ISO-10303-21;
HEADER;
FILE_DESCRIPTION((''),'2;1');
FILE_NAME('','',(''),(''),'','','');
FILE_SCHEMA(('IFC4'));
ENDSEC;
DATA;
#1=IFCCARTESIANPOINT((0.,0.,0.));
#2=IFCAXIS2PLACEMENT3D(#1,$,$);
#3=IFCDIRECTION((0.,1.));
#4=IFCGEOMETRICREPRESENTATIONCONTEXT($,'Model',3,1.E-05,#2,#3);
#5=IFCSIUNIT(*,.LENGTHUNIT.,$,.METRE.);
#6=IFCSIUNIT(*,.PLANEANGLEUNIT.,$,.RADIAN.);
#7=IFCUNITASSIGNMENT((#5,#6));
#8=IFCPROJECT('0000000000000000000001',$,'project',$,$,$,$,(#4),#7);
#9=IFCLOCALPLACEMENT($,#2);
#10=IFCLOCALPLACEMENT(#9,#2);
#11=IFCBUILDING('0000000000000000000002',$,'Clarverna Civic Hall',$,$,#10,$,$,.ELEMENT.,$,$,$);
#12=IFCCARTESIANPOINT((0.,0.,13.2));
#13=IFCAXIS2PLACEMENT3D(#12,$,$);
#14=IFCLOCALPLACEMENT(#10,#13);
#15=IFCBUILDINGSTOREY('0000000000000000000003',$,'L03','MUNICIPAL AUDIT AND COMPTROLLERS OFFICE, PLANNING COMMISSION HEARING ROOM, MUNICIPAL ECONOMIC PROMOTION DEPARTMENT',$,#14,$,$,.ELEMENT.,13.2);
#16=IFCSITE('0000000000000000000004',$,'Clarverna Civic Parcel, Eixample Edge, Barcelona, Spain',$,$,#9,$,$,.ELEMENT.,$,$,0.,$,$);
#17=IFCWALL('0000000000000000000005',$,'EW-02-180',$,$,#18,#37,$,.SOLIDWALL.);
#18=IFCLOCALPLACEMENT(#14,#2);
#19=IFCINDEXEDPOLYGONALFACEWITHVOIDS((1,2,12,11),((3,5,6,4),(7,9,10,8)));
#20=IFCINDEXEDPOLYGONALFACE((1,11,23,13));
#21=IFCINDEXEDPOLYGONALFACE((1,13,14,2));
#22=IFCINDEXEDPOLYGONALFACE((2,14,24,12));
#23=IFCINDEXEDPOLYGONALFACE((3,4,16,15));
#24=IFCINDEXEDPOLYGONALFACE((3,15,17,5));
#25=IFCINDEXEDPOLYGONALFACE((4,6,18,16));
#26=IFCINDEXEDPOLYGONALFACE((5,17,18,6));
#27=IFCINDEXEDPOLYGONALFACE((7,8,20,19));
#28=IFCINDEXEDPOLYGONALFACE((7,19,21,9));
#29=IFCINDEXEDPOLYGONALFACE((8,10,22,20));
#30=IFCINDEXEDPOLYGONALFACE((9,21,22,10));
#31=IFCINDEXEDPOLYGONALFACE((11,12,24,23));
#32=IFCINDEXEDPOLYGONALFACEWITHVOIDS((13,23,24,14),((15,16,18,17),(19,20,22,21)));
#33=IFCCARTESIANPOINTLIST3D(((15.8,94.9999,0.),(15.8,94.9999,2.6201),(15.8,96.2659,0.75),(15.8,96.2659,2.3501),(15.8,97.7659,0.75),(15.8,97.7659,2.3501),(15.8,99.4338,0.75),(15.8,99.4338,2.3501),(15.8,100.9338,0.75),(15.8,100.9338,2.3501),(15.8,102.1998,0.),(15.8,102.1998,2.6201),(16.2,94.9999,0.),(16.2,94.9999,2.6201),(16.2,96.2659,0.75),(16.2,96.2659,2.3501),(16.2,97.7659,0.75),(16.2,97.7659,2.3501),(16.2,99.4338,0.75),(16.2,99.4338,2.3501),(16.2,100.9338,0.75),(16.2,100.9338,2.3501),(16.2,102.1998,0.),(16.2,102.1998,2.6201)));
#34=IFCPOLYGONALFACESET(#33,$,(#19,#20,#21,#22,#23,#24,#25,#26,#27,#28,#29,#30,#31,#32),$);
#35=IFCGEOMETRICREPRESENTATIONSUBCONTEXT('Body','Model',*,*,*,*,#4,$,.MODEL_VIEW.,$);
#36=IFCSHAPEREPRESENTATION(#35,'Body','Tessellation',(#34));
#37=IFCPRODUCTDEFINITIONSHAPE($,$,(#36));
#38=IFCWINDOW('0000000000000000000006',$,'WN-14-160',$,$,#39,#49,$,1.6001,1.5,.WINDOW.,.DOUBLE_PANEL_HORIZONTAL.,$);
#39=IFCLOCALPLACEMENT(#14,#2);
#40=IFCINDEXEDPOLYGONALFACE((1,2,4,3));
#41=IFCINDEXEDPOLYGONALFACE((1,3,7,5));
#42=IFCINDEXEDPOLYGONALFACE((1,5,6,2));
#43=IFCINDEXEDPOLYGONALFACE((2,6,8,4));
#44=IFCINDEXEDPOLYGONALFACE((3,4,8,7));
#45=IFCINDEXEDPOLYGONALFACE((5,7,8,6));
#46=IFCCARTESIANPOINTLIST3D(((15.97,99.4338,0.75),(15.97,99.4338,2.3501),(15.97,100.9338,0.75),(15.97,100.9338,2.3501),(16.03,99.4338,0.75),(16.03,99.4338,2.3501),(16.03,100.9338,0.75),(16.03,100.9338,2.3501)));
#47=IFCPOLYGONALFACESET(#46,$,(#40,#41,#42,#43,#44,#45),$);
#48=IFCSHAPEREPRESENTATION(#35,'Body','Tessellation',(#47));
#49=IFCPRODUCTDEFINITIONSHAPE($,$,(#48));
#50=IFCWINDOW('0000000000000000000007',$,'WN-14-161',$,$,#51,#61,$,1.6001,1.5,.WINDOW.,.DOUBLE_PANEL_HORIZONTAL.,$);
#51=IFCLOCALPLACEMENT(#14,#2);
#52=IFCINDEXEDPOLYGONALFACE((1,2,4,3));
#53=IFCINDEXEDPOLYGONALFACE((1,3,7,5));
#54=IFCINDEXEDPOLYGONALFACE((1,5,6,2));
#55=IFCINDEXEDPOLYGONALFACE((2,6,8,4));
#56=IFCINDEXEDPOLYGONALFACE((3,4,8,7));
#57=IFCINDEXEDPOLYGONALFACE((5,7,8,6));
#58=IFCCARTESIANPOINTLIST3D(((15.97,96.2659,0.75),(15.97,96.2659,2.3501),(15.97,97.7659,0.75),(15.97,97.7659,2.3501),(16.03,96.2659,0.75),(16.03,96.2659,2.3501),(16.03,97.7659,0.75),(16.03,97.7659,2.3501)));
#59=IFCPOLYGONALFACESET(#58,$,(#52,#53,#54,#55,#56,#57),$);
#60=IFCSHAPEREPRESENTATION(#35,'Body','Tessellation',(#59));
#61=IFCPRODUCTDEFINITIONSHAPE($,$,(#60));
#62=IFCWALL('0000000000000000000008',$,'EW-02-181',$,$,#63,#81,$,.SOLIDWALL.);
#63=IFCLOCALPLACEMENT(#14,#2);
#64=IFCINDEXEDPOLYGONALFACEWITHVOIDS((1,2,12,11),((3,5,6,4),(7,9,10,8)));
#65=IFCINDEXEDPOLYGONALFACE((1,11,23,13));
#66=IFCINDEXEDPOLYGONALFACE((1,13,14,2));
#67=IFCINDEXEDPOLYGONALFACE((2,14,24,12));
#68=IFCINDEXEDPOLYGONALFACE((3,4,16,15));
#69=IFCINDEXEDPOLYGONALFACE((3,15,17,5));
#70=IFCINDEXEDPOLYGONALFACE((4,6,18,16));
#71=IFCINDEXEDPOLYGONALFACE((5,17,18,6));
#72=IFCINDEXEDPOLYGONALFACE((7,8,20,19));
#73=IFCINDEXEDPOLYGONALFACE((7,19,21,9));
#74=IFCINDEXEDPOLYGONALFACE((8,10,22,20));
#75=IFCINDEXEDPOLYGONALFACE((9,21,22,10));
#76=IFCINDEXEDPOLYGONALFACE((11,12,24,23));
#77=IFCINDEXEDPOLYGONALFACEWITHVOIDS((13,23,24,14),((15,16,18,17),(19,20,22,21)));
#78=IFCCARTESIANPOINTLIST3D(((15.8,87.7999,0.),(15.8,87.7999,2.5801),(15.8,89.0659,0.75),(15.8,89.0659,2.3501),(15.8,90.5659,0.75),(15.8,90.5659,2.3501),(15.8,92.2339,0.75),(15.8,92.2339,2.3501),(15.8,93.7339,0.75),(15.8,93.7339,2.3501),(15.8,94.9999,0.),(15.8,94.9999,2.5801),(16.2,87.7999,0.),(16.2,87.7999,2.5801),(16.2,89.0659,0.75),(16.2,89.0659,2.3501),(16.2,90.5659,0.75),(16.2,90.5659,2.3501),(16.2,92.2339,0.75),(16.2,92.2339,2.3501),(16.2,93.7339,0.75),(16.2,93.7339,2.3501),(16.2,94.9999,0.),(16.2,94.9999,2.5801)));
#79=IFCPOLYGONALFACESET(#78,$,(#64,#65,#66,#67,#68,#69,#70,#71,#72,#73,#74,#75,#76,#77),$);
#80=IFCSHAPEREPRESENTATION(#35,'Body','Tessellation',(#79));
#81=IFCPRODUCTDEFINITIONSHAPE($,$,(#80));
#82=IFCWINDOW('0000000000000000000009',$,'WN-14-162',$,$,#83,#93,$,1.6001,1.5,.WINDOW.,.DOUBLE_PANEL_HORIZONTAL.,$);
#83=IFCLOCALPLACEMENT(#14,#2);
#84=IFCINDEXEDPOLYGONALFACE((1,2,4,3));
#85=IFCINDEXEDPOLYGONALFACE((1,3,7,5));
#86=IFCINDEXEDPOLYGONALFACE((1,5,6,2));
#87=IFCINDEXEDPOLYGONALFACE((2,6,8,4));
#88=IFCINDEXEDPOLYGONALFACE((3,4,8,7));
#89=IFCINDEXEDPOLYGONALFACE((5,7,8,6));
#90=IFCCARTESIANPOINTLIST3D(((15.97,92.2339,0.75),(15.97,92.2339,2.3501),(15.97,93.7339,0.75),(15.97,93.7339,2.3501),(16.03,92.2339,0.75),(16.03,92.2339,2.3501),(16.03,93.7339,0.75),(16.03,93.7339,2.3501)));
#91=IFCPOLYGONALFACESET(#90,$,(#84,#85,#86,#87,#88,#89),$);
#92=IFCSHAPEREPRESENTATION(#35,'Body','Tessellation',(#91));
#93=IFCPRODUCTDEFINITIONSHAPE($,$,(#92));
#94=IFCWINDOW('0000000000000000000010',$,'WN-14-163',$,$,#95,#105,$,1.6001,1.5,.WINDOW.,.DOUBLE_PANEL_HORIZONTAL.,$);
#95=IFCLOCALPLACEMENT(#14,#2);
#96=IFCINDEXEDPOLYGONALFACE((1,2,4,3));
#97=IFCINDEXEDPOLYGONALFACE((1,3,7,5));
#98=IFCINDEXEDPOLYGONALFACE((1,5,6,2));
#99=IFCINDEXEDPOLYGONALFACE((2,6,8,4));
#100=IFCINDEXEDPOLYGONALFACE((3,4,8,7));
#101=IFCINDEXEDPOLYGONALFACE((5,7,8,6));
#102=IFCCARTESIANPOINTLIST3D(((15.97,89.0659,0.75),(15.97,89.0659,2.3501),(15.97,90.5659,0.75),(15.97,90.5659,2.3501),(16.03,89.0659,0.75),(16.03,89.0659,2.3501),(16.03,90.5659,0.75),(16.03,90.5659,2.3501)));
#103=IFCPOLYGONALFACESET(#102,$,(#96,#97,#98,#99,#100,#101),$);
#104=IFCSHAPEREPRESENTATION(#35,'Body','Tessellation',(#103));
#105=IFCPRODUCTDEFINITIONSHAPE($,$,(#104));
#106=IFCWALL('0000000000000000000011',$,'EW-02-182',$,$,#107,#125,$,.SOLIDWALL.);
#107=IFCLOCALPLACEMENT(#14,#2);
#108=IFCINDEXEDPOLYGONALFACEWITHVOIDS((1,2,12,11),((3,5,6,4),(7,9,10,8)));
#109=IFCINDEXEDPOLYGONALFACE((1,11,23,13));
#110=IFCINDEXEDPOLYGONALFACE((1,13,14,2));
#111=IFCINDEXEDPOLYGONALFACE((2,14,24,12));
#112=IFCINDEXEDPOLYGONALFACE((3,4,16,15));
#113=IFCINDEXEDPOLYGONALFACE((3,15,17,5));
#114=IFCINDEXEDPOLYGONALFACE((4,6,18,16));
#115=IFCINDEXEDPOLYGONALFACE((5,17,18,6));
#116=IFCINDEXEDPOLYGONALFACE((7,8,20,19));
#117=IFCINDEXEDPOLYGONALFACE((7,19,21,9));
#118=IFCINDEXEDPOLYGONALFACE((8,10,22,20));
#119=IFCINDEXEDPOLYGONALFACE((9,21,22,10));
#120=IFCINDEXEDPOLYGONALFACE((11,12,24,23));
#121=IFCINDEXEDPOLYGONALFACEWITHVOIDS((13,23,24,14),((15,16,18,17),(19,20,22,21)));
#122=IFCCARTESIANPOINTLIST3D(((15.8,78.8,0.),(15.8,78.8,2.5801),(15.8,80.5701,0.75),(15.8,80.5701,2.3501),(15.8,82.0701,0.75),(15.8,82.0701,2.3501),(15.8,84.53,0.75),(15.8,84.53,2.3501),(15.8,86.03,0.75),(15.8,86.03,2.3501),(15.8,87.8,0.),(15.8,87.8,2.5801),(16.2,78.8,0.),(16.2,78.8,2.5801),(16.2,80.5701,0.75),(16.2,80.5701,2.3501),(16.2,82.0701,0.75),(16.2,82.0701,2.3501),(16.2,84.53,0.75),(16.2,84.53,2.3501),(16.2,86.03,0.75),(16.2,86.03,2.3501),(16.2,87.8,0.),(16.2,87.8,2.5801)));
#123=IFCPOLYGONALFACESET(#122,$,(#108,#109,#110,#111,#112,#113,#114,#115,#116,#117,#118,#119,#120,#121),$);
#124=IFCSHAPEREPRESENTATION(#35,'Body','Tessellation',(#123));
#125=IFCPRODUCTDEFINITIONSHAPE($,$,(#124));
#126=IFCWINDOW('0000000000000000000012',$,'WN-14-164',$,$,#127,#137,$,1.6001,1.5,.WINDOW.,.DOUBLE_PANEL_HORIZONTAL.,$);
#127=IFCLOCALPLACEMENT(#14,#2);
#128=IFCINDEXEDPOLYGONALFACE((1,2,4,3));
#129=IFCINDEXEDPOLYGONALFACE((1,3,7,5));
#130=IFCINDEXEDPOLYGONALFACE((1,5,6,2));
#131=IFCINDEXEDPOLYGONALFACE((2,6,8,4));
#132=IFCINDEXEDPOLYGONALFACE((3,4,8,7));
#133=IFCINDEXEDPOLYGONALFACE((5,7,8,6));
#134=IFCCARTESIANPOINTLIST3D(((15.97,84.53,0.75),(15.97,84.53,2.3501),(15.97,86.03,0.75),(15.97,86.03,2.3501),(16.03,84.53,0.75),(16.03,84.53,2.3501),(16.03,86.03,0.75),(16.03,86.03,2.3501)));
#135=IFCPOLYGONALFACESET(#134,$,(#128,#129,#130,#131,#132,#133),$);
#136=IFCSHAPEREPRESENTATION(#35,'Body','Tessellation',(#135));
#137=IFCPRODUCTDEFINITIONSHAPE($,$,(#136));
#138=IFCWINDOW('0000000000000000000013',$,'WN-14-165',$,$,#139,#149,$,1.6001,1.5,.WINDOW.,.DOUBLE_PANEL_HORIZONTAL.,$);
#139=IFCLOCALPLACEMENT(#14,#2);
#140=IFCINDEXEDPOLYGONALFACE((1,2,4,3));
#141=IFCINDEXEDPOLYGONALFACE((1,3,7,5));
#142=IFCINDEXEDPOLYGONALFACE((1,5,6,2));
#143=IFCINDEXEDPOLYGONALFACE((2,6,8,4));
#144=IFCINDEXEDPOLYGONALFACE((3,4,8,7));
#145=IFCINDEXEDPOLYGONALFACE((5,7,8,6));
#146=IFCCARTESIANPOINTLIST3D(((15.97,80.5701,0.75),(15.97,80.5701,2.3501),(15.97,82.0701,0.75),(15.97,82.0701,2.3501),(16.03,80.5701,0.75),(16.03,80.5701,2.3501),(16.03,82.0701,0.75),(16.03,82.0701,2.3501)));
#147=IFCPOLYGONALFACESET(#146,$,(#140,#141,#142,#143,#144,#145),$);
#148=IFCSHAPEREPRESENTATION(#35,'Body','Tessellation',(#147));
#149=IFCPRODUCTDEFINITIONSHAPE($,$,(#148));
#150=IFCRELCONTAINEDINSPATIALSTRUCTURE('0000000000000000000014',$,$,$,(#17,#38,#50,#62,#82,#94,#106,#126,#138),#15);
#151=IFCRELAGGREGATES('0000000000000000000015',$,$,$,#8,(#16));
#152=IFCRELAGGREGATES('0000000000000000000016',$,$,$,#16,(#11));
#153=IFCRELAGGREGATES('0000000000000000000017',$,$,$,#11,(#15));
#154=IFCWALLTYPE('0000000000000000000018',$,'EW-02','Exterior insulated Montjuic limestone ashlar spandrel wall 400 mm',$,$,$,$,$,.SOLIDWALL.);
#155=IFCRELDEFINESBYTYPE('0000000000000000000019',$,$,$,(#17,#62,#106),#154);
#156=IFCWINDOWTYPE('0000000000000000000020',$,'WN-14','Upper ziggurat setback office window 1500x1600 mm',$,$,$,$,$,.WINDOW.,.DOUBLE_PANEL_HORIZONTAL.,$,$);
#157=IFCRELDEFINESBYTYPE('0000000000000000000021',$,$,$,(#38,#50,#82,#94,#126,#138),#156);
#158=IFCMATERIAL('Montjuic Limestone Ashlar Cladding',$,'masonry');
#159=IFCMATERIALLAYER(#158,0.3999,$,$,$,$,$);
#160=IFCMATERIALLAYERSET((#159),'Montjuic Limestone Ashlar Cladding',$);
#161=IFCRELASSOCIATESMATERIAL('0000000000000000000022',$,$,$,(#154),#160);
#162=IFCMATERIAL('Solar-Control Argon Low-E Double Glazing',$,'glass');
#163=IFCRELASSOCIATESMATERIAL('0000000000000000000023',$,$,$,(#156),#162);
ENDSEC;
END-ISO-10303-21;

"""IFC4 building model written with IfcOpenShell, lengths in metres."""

from ifc_helpers import new_model, si_unit, direction, frame, frame_2d, origin, place, context, subcontext, project, spatial, rectangle, extrude, material, layer, layer_set, type_object, element, fill, save


model = new_model("IFC4")

# Units and contexts
model_context = context("Model", 3, precision=1e-05, world=origin(), true_north=direction((0.0, 1.0)))
body_context = subcontext(model_context, "Body", "Model", "MODEL_VIEW")
ifc_project = project(units=[si_unit("LENGTHUNIT", "METRE"), si_unit("PLANEANGLEUNIT", "RADIAN")], contexts=[model_context])

# Site, building, storey
site_placement = place(None, origin())
site = spatial("IfcSite", under=ifc_project, at=site_placement, Name="Clarverna Civic Parcel, Eixample Edge, Barcelona, Spain", CompositionType="ELEMENT", RefElevation=0.0)
building_placement = place(site_placement, origin())
building = spatial("IfcBuilding", under=site, at=building_placement, Name="Clarverna Civic Hall", CompositionType="ELEMENT")
storey_placement = place(building_placement, frame((0.0, 0.0, 13.2)))
storey = spatial("IfcBuildingStorey", under=building, at=storey_placement, Name="L03", Description="MUNICIPAL AUDIT AND COMPTROLLERS OFFICE, PLANNING COMMISSION HEARING ROOM, MUNICIPAL ECONOMIC PROMOTION DEPARTMENT", CompositionType="ELEMENT", Elevation=13.2)

# Walls, openings, windows
ifc_material_1 = material(Name="Montjuic Limestone Ashlar Cladding", Category="masonry")
ifc_layer = layer(ifc_material_1, 0.3999)
ifc_layer_set = layer_set([ifc_layer], Name="Montjuic Limestone Ashlar Cladding")
wall_type = type_object("IfcWallType", Name="EW-02", Description="Exterior insulated Montjuic limestone ashlar spandrel wall 400 mm", PredefinedType="SOLIDWALL", material=ifc_layer_set)
wall_1_placement = place(storey_placement, frame((16.0, 102.2, 0.0), z_axis=(0.0, 0.0, 1.0), x_axis=(0.0, -1.0, 0.0)))
wall_1 = element("IfcWall", 1, at=wall_1_placement, inside=storey, type_object=wall_type, Name="EW-02-180", PredefinedType="SOLIDWALL", context=body_context, shape_type="SweptSolid", body=[
    extrude(rectangle(XDim=7.2, YDim=0.3999, at=frame_2d((3.6001, 0.0))), origin(), (0.0, 0.0, 1.0), 2.6201),
])
opening_1_placement = place(wall_1_placement, frame((1.2661, 0.0, 0.75)))
opening_1 = element("IfcOpeningElement", 2, at=opening_1_placement, cuts=wall_1, PredefinedType="OPENING", context=body_context, shape_type="SweptSolid", body=[
    extrude(rectangle(XDim=1.5, YDim=1.6001, at=frame_2d((0.75, 0.8))), frame((0.0, 0.21, 0.0), z_axis=(0.0, -1.0, 0.0), x_axis=(1.0, 0.0, 0.0)), (0.0, 0.0, 1.0), 0.4199),
])
opening_2_placement = place(wall_1_placement, frame((4.4341, 0.0, 0.75)))
opening_2 = element("IfcOpeningElement", 3, at=opening_2_placement, cuts=wall_1, PredefinedType="OPENING", context=body_context, shape_type="SweptSolid", body=[
    extrude(rectangle(XDim=1.5, YDim=1.6001, at=frame_2d((0.75, 0.8))), frame((0.0, 0.21, 0.0), z_axis=(0.0, -1.0, 0.0), x_axis=(1.0, 0.0, 0.0)), (0.0, 0.0, 1.0), 0.4199),
])
ifc_material_2 = material(Name="Solar-Control Argon Low-E Double Glazing", Category="glass")
window_type = type_object("IfcWindowType", Name="WN-14", Description="Upper ziggurat setback office window 1500x1600 mm", PartitioningType="DOUBLE_PANEL_HORIZONTAL", PredefinedType="WINDOW", material=ifc_material_2)
window_1_placement = place(opening_1_placement, origin())
window_1 = element("IfcWindow", 4, at=window_1_placement, inside=storey, type_object=window_type, Name="WN-14-160", OverallHeight=1.6001, OverallWidth=1.5, PartitioningType="DOUBLE_PANEL_HORIZONTAL", PredefinedType="WINDOW", context=body_context, shape_type="SweptSolid", body=[
    extrude(rectangle(XDim=1.5, YDim=1.6001, at=frame_2d((0.75, 0.8))), frame((0.0, 0.03, 0.0), z_axis=(0.0, -1.0, 0.0), x_axis=(1.0, 0.0, 0.0)), (0.0, 0.0, 1.0), 0.0601),
])
fill(opening_1, window_1)
window_2_placement = place(opening_2_placement, origin())
window_2 = element("IfcWindow", 5, at=window_2_placement, inside=storey, type_object=window_type, Name="WN-14-161", OverallHeight=1.6001, OverallWidth=1.5, PartitioningType="DOUBLE_PANEL_HORIZONTAL", PredefinedType="WINDOW", context=body_context, shape_type="SweptSolid", body=[
    extrude(rectangle(XDim=1.5, YDim=1.6001, at=frame_2d((0.75, 0.8))), frame((0.0, 0.03, 0.0), z_axis=(0.0, -1.0, 0.0), x_axis=(1.0, 0.0, 0.0)), (0.0, 0.0, 1.0), 0.0601),
])
fill(opening_2, window_2)
wall_2_placement = place(storey_placement, frame((16.0, 95.0, 0.0), z_axis=(0.0, 0.0, 1.0), x_axis=(0.0, -1.0, 0.0)))
wall_2 = element("IfcWall", 6, at=wall_2_placement, inside=storey, type_object=wall_type, Name="EW-02-181", PredefinedType="SOLIDWALL", context=body_context, shape_type="SweptSolid", body=[
    extrude(rectangle(XDim=7.2, YDim=0.3999, at=frame_2d((3.6001, 0.0))), origin(), (0.0, 0.0, 1.0), 2.5801),
])
opening_3_placement = place(wall_2_placement, frame((1.2661, 0.0, 0.75)))
opening_3 = element("IfcOpeningElement", 7, at=opening_3_placement, cuts=wall_2, PredefinedType="OPENING", context=body_context, shape_type="SweptSolid", body=[
    extrude(rectangle(XDim=1.5, YDim=1.6001, at=frame_2d((0.75, 0.8))), frame((0.0, 0.21, 0.0), z_axis=(0.0, -1.0, 0.0), x_axis=(1.0, 0.0, 0.0)), (0.0, 0.0, 1.0), 0.4199),
])
opening_4_placement = place(wall_2_placement, frame((4.4341, 0.0, 0.75)))
opening_4 = element("IfcOpeningElement", 8, at=opening_4_placement, cuts=wall_2, PredefinedType="OPENING", context=body_context, shape_type="SweptSolid", body=[
    extrude(rectangle(XDim=1.5, YDim=1.6001, at=frame_2d((0.75, 0.8))), frame((0.0, 0.21, 0.0), z_axis=(0.0, -1.0, 0.0), x_axis=(1.0, 0.0, 0.0)), (0.0, 0.0, 1.0), 0.4199),
])
window_3_placement = place(opening_3_placement, origin())
window_3 = element("IfcWindow", 9, at=window_3_placement, inside=storey, type_object=window_type, Name="WN-14-162", OverallHeight=1.6001, OverallWidth=1.5, PartitioningType="DOUBLE_PANEL_HORIZONTAL", PredefinedType="WINDOW", context=body_context, shape_type="SweptSolid", body=[
    extrude(rectangle(XDim=1.5, YDim=1.6001, at=frame_2d((0.75, 0.8))), frame((0.0, 0.03, 0.0), z_axis=(0.0, -1.0, 0.0), x_axis=(1.0, 0.0, 0.0)), (0.0, 0.0, 1.0), 0.0601),
])
fill(opening_3, window_3)
window_4_placement = place(opening_4_placement, origin())
window_4 = element("IfcWindow", 10, at=window_4_placement, inside=storey, type_object=window_type, Name="WN-14-163", OverallHeight=1.6001, OverallWidth=1.5, PartitioningType="DOUBLE_PANEL_HORIZONTAL", PredefinedType="WINDOW", context=body_context, shape_type="SweptSolid", body=[
    extrude(rectangle(XDim=1.5, YDim=1.6001, at=frame_2d((0.75, 0.8))), frame((0.0, 0.03, 0.0), z_axis=(0.0, -1.0, 0.0), x_axis=(1.0, 0.0, 0.0)), (0.0, 0.0, 1.0), 0.0601),
])
fill(opening_4, window_4)
wall_3_placement = place(storey_placement, frame((16.0, 87.8, 0.0), z_axis=(0.0, 0.0, 1.0), x_axis=(0.0, -1.0, 0.0)))
wall_3 = element("IfcWall", 11, at=wall_3_placement, inside=storey, type_object=wall_type, Name="EW-02-182", PredefinedType="SOLIDWALL", context=body_context, shape_type="SweptSolid", body=[
    extrude(rectangle(XDim=9.0, YDim=0.3999, at=frame_2d((4.5, 0.0))), origin(), (0.0, 0.0, 1.0), 2.5801),
])
opening_5_placement = place(wall_3_placement, frame((1.77, 0.0, 0.75)))
opening_5 = element("IfcOpeningElement", 12, at=opening_5_placement, cuts=wall_3, PredefinedType="OPENING", context=body_context, shape_type="SweptSolid", body=[
    extrude(rectangle(XDim=1.5, YDim=1.6001, at=frame_2d((0.75, 0.8))), frame((0.0, 0.21, 0.0), z_axis=(0.0, -1.0, 0.0), x_axis=(1.0, 0.0, 0.0)), (0.0, 0.0, 1.0), 0.4199),
])
opening_6_placement = place(wall_3_placement, frame((5.73, 0.0, 0.75)))
opening_6 = element("IfcOpeningElement", 13, at=opening_6_placement, cuts=wall_3, PredefinedType="OPENING", context=body_context, shape_type="SweptSolid", body=[
    extrude(rectangle(XDim=1.5, YDim=1.6001, at=frame_2d((0.75, 0.8))), frame((0.0, 0.21, 0.0), z_axis=(0.0, -1.0, 0.0), x_axis=(1.0, 0.0, 0.0)), (0.0, 0.0, 1.0), 0.4199),
])
window_5_placement = place(opening_5_placement, origin())
window_5 = element("IfcWindow", 14, at=window_5_placement, inside=storey, type_object=window_type, Name="WN-14-164", OverallHeight=1.6001, OverallWidth=1.5, PartitioningType="DOUBLE_PANEL_HORIZONTAL", PredefinedType="WINDOW", context=body_context, shape_type="SweptSolid", body=[
    extrude(rectangle(XDim=1.5, YDim=1.6001, at=frame_2d((0.75, 0.8))), frame((0.0, 0.03, 0.0), z_axis=(0.0, -1.0, 0.0), x_axis=(1.0, 0.0, 0.0)), (0.0, 0.0, 1.0), 0.0601),
])
fill(opening_5, window_5)
window_6_placement = place(opening_6_placement, origin())
window_6 = element("IfcWindow", 15, at=window_6_placement, inside=storey, type_object=window_type, Name="WN-14-165", OverallHeight=1.6001, OverallWidth=1.5, PartitioningType="DOUBLE_PANEL_HORIZONTAL", PredefinedType="WINDOW", context=body_context, shape_type="SweptSolid", body=[
    extrude(rectangle(XDim=1.5, YDim=1.6001, at=frame_2d((0.75, 0.8))), frame((0.0, 0.03, 0.0), z_axis=(0.0, -1.0, 0.0), x_axis=(1.0, 0.0, 0.0)), (0.0, 0.0, 1.0), 0.0601),
])
fill(opening_6, window_6)

save(model, "model.ifc")
